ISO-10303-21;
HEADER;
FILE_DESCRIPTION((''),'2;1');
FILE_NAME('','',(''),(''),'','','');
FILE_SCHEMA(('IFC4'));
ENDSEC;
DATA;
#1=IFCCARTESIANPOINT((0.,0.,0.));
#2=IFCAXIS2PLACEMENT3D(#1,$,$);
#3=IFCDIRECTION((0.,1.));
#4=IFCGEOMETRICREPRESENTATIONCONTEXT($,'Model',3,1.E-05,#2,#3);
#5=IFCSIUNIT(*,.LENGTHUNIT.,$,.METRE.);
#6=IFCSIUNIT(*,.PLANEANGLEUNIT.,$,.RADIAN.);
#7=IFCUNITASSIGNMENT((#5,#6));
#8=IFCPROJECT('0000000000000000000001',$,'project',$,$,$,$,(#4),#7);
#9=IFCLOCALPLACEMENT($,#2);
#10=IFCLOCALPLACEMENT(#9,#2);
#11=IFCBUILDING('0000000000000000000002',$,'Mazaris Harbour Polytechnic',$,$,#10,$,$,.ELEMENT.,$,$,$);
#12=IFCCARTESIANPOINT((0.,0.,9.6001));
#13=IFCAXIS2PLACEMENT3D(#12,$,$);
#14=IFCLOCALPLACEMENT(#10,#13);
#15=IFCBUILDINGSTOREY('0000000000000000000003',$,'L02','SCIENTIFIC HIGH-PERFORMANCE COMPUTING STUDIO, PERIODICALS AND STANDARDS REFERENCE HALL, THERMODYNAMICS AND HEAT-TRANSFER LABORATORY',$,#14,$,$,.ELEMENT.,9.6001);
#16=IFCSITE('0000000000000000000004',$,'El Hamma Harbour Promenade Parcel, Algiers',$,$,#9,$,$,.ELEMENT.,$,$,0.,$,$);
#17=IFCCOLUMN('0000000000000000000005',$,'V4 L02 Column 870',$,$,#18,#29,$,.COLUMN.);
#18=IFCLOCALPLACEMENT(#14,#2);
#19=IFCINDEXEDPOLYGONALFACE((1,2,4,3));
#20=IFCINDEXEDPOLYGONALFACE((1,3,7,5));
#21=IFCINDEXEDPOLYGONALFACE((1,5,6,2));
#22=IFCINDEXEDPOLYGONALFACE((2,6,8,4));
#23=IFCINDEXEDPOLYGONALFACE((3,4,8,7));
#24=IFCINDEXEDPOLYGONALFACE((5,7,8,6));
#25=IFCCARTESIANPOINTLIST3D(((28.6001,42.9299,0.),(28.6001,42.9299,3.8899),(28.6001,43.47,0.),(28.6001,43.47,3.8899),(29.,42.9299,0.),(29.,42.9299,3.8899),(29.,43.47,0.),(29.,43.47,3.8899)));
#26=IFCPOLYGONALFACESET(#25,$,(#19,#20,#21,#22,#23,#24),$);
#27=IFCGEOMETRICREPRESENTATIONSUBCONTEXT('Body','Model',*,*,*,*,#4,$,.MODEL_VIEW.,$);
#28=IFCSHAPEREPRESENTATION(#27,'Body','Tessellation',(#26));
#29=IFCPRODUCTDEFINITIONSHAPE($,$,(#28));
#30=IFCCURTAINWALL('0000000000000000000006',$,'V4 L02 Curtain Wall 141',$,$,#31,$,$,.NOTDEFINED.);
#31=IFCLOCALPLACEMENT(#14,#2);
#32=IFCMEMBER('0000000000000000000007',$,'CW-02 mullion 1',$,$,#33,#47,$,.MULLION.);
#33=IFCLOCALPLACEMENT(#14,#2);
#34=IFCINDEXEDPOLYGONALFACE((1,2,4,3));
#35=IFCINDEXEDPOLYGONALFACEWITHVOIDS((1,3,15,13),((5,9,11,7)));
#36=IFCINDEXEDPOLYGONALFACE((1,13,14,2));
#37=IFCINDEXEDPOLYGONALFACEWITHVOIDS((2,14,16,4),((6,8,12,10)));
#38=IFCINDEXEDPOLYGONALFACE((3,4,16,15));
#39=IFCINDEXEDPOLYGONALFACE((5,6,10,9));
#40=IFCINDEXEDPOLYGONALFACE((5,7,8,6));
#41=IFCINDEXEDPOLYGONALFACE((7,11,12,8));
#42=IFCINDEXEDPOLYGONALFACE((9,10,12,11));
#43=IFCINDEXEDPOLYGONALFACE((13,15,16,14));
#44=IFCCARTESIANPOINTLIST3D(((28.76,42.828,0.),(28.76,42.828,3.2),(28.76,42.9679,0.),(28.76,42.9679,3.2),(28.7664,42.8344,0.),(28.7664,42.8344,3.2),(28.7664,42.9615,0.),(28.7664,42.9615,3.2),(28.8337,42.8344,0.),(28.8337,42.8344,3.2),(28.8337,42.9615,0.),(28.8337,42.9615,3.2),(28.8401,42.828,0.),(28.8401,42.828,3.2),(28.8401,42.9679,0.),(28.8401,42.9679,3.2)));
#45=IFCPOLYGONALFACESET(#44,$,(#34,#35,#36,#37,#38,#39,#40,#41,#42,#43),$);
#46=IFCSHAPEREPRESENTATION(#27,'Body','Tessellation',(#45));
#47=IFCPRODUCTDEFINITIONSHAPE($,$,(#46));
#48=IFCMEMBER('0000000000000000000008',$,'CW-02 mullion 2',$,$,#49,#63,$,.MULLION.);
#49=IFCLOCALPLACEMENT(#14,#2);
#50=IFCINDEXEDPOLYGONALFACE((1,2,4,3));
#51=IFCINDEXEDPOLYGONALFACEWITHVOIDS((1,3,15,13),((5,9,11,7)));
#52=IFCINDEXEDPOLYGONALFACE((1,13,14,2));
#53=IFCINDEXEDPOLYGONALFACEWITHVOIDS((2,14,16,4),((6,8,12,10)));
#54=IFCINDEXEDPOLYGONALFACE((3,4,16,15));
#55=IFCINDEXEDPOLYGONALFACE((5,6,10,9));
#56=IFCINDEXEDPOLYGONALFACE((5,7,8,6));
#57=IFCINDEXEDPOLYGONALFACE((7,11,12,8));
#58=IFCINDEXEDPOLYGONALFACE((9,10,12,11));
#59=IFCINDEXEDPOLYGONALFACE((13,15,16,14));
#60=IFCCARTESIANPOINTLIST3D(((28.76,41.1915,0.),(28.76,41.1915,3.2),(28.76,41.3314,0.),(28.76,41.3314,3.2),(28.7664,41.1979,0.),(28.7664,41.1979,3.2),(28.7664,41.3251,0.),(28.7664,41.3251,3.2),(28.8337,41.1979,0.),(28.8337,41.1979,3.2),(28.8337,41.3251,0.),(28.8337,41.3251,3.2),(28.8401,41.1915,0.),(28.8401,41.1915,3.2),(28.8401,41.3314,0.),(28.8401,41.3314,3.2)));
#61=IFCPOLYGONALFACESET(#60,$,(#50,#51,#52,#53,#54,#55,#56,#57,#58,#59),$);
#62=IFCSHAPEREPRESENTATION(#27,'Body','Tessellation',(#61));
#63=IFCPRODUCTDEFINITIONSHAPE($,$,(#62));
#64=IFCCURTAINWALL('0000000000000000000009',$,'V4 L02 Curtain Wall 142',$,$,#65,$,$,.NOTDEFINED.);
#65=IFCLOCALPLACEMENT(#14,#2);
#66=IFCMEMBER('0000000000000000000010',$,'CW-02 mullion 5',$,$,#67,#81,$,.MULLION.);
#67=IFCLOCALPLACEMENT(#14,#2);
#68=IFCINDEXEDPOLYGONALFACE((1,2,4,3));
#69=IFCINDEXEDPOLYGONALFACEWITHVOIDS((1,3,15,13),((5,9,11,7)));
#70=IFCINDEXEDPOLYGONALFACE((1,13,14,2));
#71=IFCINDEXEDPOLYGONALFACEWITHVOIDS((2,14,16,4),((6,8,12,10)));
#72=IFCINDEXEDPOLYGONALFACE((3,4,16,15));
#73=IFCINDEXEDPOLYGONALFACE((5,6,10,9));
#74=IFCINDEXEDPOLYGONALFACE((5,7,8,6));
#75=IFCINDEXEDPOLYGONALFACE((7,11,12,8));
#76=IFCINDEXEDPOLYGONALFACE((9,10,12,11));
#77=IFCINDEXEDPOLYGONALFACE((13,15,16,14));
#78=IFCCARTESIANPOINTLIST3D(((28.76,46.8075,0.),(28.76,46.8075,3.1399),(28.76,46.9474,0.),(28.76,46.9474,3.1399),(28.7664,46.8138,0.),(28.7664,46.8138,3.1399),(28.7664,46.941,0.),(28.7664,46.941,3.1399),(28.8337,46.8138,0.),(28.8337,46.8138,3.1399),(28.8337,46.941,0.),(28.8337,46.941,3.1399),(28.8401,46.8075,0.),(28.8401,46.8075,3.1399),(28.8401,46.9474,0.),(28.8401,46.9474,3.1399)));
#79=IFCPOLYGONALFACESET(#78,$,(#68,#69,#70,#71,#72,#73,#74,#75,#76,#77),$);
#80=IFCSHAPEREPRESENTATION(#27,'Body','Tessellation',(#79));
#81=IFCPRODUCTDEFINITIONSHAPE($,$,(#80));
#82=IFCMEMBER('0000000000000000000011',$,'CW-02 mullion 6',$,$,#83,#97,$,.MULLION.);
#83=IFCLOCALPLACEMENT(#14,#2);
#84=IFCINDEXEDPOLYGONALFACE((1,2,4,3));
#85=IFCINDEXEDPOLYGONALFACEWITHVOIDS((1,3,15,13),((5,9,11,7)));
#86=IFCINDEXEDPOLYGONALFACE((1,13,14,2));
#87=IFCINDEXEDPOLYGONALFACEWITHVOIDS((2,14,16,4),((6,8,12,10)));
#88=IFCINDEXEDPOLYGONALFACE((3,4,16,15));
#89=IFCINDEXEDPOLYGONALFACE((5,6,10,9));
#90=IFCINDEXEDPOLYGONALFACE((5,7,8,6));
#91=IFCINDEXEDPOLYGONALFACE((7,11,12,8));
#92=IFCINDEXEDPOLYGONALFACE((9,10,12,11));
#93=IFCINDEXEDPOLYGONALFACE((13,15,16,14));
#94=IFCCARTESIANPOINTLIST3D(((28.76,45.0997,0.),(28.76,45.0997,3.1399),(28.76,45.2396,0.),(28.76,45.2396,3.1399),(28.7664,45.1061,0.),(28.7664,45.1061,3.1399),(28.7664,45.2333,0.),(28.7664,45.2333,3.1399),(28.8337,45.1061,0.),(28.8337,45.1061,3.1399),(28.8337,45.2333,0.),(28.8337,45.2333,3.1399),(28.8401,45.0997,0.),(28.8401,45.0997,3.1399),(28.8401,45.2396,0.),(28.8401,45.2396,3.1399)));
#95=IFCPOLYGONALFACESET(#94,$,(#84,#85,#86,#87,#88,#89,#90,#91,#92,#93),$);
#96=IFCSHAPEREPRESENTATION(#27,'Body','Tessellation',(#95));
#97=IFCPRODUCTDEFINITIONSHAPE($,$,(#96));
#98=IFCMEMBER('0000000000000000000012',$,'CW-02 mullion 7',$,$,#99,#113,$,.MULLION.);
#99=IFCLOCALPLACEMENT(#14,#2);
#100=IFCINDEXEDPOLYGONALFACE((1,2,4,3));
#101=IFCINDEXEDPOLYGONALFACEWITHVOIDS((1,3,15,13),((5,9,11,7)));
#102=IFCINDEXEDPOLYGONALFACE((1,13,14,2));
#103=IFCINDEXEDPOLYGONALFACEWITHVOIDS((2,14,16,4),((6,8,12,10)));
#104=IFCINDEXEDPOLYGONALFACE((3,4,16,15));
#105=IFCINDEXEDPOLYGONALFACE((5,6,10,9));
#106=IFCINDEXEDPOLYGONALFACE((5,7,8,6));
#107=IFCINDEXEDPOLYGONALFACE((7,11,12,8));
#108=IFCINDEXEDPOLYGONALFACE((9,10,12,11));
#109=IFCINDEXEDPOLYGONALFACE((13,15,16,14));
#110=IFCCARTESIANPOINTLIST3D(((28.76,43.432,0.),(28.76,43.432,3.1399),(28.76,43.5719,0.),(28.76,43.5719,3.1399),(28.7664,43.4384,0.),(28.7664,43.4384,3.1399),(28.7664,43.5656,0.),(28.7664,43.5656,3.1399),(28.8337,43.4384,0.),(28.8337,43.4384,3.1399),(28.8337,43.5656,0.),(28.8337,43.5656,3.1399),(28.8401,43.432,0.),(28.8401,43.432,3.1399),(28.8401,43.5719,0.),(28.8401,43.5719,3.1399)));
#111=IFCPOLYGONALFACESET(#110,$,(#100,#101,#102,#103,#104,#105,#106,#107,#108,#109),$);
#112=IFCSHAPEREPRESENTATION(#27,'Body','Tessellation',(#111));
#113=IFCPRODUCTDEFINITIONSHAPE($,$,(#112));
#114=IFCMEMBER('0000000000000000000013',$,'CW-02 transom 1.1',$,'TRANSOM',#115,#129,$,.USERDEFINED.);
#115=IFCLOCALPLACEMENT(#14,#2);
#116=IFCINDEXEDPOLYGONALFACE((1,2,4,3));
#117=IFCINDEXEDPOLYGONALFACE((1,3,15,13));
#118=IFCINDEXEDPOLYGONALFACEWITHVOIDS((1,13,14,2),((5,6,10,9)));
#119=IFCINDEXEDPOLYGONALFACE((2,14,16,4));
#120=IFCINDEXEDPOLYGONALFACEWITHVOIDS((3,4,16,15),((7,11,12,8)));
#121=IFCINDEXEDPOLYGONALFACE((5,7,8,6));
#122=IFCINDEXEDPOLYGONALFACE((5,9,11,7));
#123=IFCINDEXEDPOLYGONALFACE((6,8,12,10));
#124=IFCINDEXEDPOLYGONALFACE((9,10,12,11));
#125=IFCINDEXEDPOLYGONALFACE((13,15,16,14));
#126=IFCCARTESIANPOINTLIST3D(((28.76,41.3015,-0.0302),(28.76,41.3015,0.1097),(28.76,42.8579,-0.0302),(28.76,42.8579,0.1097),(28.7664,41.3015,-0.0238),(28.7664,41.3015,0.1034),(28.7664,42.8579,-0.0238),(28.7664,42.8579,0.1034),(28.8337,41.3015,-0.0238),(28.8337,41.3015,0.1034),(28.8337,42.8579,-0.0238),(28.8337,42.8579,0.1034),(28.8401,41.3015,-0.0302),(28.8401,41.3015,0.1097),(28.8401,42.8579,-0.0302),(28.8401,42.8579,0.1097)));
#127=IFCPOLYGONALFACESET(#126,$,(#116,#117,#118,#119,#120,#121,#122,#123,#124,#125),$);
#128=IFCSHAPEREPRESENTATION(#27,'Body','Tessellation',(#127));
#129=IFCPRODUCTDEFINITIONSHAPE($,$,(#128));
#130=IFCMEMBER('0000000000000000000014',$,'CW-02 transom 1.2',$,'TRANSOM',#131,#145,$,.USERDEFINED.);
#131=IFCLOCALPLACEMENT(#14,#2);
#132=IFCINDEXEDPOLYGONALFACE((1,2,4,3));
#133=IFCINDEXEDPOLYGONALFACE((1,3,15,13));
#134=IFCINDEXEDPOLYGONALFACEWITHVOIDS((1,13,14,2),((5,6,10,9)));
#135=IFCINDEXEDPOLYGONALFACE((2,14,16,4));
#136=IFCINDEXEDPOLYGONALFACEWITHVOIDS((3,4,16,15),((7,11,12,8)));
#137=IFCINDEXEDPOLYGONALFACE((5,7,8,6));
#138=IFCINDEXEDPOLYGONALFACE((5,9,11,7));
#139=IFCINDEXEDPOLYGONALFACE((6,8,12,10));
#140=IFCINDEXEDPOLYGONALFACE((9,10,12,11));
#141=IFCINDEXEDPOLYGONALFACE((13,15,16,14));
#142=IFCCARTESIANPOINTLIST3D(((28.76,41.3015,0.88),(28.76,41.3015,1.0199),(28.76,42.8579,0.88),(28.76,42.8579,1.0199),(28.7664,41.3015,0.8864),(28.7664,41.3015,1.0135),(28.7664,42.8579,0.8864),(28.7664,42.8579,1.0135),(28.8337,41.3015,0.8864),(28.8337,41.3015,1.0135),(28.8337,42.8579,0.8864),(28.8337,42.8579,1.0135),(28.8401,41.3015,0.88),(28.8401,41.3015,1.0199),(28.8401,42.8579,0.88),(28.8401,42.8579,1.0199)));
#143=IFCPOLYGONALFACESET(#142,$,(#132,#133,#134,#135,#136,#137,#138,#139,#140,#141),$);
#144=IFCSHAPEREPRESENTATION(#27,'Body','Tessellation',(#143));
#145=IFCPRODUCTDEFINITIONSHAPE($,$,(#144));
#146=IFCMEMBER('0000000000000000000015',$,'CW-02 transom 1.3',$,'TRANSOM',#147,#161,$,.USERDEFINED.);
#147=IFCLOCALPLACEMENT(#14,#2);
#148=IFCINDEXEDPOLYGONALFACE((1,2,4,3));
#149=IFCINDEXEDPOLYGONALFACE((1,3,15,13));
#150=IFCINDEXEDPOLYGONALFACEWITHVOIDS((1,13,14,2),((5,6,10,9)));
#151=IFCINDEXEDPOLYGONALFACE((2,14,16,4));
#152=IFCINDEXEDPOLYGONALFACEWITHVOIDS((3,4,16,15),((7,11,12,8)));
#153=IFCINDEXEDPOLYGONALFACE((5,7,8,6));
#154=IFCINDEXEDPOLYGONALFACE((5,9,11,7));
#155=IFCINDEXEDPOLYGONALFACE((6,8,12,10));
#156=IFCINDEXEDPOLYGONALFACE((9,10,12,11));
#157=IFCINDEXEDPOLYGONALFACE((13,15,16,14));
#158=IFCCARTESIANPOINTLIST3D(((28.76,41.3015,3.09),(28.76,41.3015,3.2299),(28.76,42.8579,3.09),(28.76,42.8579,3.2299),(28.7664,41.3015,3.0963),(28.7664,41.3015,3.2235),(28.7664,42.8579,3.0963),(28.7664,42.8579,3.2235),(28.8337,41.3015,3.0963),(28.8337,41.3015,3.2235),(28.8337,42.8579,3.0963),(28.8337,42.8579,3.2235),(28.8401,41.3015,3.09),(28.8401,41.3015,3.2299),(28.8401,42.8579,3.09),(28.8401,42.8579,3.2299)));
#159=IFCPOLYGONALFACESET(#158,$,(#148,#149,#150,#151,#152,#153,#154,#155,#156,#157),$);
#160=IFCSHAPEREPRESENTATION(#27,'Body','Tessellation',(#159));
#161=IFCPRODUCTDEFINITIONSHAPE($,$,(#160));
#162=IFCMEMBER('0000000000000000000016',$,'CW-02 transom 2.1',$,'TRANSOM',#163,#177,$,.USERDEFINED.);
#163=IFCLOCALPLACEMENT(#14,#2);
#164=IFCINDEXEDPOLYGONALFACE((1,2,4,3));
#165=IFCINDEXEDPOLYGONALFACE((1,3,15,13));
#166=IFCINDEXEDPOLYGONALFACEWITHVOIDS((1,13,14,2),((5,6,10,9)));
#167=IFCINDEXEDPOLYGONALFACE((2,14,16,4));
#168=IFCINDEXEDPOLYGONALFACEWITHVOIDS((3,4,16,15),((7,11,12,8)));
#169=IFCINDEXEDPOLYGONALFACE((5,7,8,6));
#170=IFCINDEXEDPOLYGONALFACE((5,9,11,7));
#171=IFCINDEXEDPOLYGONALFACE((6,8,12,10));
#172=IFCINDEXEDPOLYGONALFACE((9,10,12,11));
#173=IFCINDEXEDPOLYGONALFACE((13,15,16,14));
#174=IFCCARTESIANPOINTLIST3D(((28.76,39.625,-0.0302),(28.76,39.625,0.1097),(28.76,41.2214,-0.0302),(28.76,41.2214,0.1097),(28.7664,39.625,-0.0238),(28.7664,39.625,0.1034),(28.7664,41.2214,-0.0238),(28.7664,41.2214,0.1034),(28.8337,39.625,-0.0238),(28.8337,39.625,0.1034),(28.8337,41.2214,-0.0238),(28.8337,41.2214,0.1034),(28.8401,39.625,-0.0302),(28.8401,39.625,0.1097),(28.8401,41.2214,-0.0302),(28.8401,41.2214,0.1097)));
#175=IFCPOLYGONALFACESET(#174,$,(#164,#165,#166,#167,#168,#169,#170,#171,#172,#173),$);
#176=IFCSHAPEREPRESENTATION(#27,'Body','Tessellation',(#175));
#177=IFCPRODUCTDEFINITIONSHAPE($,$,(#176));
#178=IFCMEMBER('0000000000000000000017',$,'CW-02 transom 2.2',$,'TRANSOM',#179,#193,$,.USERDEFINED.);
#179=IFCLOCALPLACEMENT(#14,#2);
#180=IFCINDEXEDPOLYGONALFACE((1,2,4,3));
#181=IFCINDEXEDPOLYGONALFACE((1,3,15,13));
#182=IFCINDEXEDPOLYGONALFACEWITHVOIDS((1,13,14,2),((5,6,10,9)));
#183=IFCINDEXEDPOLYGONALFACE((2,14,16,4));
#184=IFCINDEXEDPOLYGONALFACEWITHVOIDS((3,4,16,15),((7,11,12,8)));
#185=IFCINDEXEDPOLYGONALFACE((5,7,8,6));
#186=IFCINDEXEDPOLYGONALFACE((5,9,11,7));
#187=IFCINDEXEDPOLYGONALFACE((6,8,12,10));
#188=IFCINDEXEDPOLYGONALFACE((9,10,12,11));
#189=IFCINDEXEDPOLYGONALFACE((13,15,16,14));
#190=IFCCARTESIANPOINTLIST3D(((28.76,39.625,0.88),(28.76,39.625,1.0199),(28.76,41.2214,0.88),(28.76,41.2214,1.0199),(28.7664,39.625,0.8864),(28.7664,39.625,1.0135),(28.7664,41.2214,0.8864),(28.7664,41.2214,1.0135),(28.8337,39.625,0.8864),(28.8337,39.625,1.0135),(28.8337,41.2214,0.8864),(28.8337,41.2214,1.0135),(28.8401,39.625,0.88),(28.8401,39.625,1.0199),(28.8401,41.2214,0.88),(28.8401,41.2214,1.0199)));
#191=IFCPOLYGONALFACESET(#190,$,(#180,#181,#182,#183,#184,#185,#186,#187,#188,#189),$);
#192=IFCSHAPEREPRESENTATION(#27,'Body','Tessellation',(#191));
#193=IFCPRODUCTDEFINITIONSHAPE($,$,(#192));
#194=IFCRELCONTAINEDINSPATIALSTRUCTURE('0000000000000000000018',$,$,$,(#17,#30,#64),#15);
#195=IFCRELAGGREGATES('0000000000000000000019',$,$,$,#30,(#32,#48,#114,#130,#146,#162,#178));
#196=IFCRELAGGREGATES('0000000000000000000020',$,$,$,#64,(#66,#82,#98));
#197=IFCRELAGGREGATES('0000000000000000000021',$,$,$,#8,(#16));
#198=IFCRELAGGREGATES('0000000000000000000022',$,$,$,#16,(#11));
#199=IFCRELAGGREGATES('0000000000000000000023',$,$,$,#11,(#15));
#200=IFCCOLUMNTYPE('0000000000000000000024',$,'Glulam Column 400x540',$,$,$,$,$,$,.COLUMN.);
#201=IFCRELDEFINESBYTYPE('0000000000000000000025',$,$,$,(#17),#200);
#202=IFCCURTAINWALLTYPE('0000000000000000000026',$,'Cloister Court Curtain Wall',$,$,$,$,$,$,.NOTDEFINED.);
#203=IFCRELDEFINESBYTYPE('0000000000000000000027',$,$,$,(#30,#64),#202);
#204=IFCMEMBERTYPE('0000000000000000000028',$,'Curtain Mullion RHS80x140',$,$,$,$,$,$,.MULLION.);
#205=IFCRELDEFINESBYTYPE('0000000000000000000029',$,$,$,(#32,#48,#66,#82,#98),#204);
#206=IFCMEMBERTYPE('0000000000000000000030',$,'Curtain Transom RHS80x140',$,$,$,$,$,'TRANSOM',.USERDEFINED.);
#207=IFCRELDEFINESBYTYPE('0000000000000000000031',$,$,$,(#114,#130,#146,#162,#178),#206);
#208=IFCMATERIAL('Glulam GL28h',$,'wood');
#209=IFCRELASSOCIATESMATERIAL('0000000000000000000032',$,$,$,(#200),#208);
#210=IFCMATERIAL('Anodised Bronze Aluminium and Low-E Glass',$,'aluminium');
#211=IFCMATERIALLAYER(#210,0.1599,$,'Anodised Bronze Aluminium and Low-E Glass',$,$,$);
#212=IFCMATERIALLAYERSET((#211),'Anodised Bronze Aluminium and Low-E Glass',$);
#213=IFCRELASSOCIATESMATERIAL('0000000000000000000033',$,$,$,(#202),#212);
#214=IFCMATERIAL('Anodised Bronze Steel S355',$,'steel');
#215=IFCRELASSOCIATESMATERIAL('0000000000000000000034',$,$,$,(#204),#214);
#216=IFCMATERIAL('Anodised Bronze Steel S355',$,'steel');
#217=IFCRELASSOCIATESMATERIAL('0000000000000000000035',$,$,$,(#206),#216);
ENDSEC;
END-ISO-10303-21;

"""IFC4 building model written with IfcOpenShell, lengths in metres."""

from ifc_helpers import new_model, si_unit, direction, frame, origin, origin_2d, place, context, subcontext, project, spatial, rectangle, hollow_rectangle, extrude, material, layer, layer_set, material_profile, profile_set, type_object, element, aggregate, save


model = new_model("IFC4")

# Units and contexts
model_context = context("Model", 3, precision=1e-05, world=origin(), true_north=direction((0.0, 1.0)))
body_context = subcontext(model_context, "Body", "Model", "MODEL_VIEW")
ifc_project = project(units=[si_unit("LENGTHUNIT", "METRE"), si_unit("PLANEANGLEUNIT", "RADIAN")], contexts=[model_context])

# Site, building, storey
site_placement = place(None, origin())
site = spatial("IfcSite", under=ifc_project, at=site_placement, Name="El Hamma Harbour Promenade Parcel, Algiers", CompositionType="ELEMENT", RefElevation=0.0)
building_placement = place(site_placement, origin())
building = spatial("IfcBuilding", under=site, at=building_placement, Name="Mazaris Harbour Polytechnic", CompositionType="ELEMENT")
storey_placement = place(building_placement, frame((0.0, 0.0, 9.6001)))
storey = spatial("IfcBuildingStorey", under=building, at=storey_placement, Name="L02", Description="SCIENTIFIC HIGH-PERFORMANCE COMPUTING STUDIO, PERIODICALS AND STANDARDS REFERENCE HALL, THERMODYNAMICS AND HEAT-TRANSFER LABORATORY", CompositionType="ELEMENT", Elevation=9.6001)

# Column
ifc_material_1 = material(Name="Glulam GL28h", Category="wood")
ifc_material_profile_1 = material_profile(ifc_material_1, rectangle(XDim=0.3999, YDim=0.54, at=origin_2d()), Name="RECT400x540")
ifc_profile_set_1 = profile_set([ifc_material_profile_1], Name="Glulam GL28h")
column_type = type_object("IfcColumnType", Name="Glulam Column 400x540", PredefinedType="COLUMN", material=ifc_profile_set_1)
column_placement = place(storey_placement, frame((28.8, 43.2, 0.0), z_axis=(0.0, 0.0, 1.0), x_axis=(1.0, 0.0, 0.0)))
element("IfcColumn", 1, at=column_placement, inside=storey, type_object=column_type, Name="V4 L02 Column 870", PredefinedType="COLUMN", context=body_context, shape_type="SweptSolid", body=[
    extrude(rectangle(XDim=0.3999, YDim=0.54, at=origin_2d()), origin(), (0.0, 0.0, 1.0), 3.8899),
])

# Curtain walls, members
ifc_material_2 = material(Name="Anodised Bronze Aluminium and Low-E Glass", Category="aluminium")
ifc_layer_1 = layer(ifc_material_2, 0.1599, Name="Anodised Bronze Aluminium and Low-E Glass")
ifc_layer_set_1 = layer_set([ifc_layer_1], Name="Anodised Bronze Aluminium and Low-E Glass")
curtain_wall_type = type_object("IfcCurtainWallType", Name="Cloister Court Curtain Wall", PredefinedType="NOTDEFINED", material=ifc_layer_set_1)
curtain_wall_1_placement = place(storey_placement, origin())
curtain_wall_1 = element("IfcCurtainWall", 2, at=curtain_wall_1_placement, inside=storey, type_object=curtain_wall_type, Name="V4 L02 Curtain Wall 141", PredefinedType="NOTDEFINED")
ifc_material_3 = material(Name="Anodised Bronze Steel S355", Category="steel")
ifc_material_profile_2 = material_profile(ifc_material_3, hollow_rectangle(XDim=0.0801, YDim=0.1399, WallThickness=0.0063, at=origin_2d()), Name="RHS 80x140x6.3")
ifc_profile_set_2 = profile_set([ifc_material_profile_2], Name="Anodised Bronze Steel S355")
member_type_1 = type_object("IfcMemberType", Name="Curtain Mullion RHS80x140", PredefinedType="MULLION", material=ifc_profile_set_2)
member_1_placement = place(storey_placement, frame((28.8, 42.8979, 0.0), z_axis=(0.0, 0.0, 1.0), x_axis=(1.0, 0.0, 0.0)))
member_1 = element("IfcMember", 3, at=member_1_placement, type_object=member_type_1, Name="CW-02 mullion 1", PredefinedType="MULLION", context=body_context, shape_type="SweptSolid", body=[
    extrude(hollow_rectangle(XDim=0.0801, YDim=0.1399, WallThickness=0.0063, at=origin_2d()), origin(), (0.0, 0.0, 1.0), 3.2),
])
member_2_placement = place(storey_placement, frame((28.8, 41.2615, 0.0), z_axis=(0.0, 0.0, 1.0), x_axis=(1.0, 0.0, 0.0)))
member_2 = element("IfcMember", 4, at=member_2_placement, type_object=member_type_1, Name="CW-02 mullion 2", PredefinedType="MULLION", context=body_context, shape_type="SweptSolid", body=[
    extrude(hollow_rectangle(XDim=0.0801, YDim=0.1399, WallThickness=0.0063, at=origin_2d()), origin(), (0.0, 0.0, 1.0), 3.2),
])
curtain_wall_2_placement = place(storey_placement, origin())
curtain_wall_2 = element("IfcCurtainWall", 5, at=curtain_wall_2_placement, inside=storey, type_object=curtain_wall_type, Name="V4 L02 Curtain Wall 142", PredefinedType="NOTDEFINED")
member_3_placement = place(storey_placement, frame((28.8, 46.8774, 0.0), z_axis=(0.0, 0.0, 1.0), x_axis=(1.0, 0.0, 0.0)))
member_3 = element("IfcMember", 6, at=member_3_placement, type_object=member_type_1, Name="CW-02 mullion 5", PredefinedType="MULLION", context=body_context, shape_type="SweptSolid", body=[
    extrude(hollow_rectangle(XDim=0.0801, YDim=0.1399, WallThickness=0.0063, at=origin_2d()), origin(), (0.0, 0.0, 1.0), 3.1399),
])
member_4_placement = place(storey_placement, frame((28.8, 45.1697, 0.0), z_axis=(0.0, 0.0, 1.0), x_axis=(1.0, 0.0, 0.0)))
member_4 = element("IfcMember", 7, at=member_4_placement, type_object=member_type_1, Name="CW-02 mullion 6", PredefinedType="MULLION", context=body_context, shape_type="SweptSolid", body=[
    extrude(hollow_rectangle(XDim=0.0801, YDim=0.1399, WallThickness=0.0063, at=origin_2d()), origin(), (0.0, 0.0, 1.0), 3.1399),
])
member_5_placement = place(storey_placement, frame((28.8, 43.502, 0.0), z_axis=(0.0, 0.0, 1.0), x_axis=(1.0, 0.0, 0.0)))
member_5 = element("IfcMember", 8, at=member_5_placement, type_object=member_type_1, Name="CW-02 mullion 7", PredefinedType="MULLION", context=body_context, shape_type="SweptSolid", body=[
    extrude(hollow_rectangle(XDim=0.0801, YDim=0.1399, WallThickness=0.0063, at=origin_2d()), origin(), (0.0, 0.0, 1.0), 3.1399),
])

# Members
ifc_material_4 = material(Name="Anodised Bronze Steel S355", Category="steel")
ifc_material_profile_3 = material_profile(ifc_material_4, hollow_rectangle(XDim=0.0801, YDim=0.1399, WallThickness=0.0063, at=origin_2d()), Name="RHS 80x140x6.3")
ifc_profile_set_3 = profile_set([ifc_material_profile_3], Name="Anodised Bronze Steel S355")
member_type_2 = type_object("IfcMemberType", Name="Curtain Transom RHS80x140", ElementType="TRANSOM", PredefinedType="USERDEFINED", material=ifc_profile_set_3)
member_6_placement = place(storey_placement, frame((28.8, 42.8579, 0.0398), z_axis=(0.0, -1.0, 0.0), x_axis=(1.0, 0.0, 0.0)))
member_6 = element("IfcMember", 9, at=member_6_placement, type_object=member_type_2, Name="CW-02 transom 1.1", ObjectType="TRANSOM", PredefinedType="USERDEFINED", context=body_context, shape_type="SweptSolid", body=[
    extrude(hollow_rectangle(XDim=0.0801, YDim=0.1399, WallThickness=0.0063, at=origin_2d()), origin(), (0.0, 0.0, 1.0), 1.5564),
])
member_7_placement = place(storey_placement, frame((28.8, 42.8579, 0.95), z_axis=(0.0, -1.0, 0.0), x_axis=(1.0, 0.0, 0.0)))
member_7 = element("IfcMember", 10, at=member_7_placement, type_object=member_type_2, Name="CW-02 transom 1.2", ObjectType="TRANSOM", PredefinedType="USERDEFINED", context=body_context, shape_type="SweptSolid", body=[
    extrude(hollow_rectangle(XDim=0.0801, YDim=0.1399, WallThickness=0.0063, at=origin_2d()), origin(), (0.0, 0.0, 1.0), 1.5564),
])
member_8_placement = place(storey_placement, frame((28.8, 42.8579, 3.1599), z_axis=(0.0, -1.0, 0.0), x_axis=(1.0, 0.0, 0.0)))
member_8 = element("IfcMember", 11, at=member_8_placement, type_object=member_type_2, Name="CW-02 transom 1.3", ObjectType="TRANSOM", PredefinedType="USERDEFINED", context=body_context, shape_type="SweptSolid", body=[
    extrude(hollow_rectangle(XDim=0.0801, YDim=0.1399, WallThickness=0.0063, at=origin_2d()), origin(), (0.0, 0.0, 1.0), 1.5564),
])
member_9_placement = place(storey_placement, frame((28.8, 41.2214, 0.0398), z_axis=(0.0, -1.0, 0.0), x_axis=(1.0, 0.0, 0.0)))
member_9 = element("IfcMember", 12, at=member_9_placement, type_object=member_type_2, Name="CW-02 transom 2.1", ObjectType="TRANSOM", PredefinedType="USERDEFINED", context=body_context, shape_type="SweptSolid", body=[
    extrude(hollow_rectangle(XDim=0.0801, YDim=0.1399, WallThickness=0.0063, at=origin_2d()), origin(), (0.0, 0.0, 1.0), 1.5964),
])
member_10_placement = place(storey_placement, frame((28.8, 41.2214, 0.95), z_axis=(0.0, -1.0, 0.0), x_axis=(1.0, 0.0, 0.0)))
member_10 = element("IfcMember", 13, at=member_10_placement, type_object=member_type_2, Name="CW-02 transom 2.2", ObjectType="TRANSOM", PredefinedType="USERDEFINED", context=body_context, shape_type="SweptSolid", body=[
    extrude(hollow_rectangle(XDim=0.0801, YDim=0.1399, WallThickness=0.0063, at=origin_2d()), origin(), (0.0, 0.0, 1.0), 1.5964),
])

aggregate(curtain_wall_1, [member_1, member_2, member_6, member_7, member_8, member_9, member_10])
aggregate(curtain_wall_2, [member_3, member_4, member_5])

save(model, "model.ifc")
